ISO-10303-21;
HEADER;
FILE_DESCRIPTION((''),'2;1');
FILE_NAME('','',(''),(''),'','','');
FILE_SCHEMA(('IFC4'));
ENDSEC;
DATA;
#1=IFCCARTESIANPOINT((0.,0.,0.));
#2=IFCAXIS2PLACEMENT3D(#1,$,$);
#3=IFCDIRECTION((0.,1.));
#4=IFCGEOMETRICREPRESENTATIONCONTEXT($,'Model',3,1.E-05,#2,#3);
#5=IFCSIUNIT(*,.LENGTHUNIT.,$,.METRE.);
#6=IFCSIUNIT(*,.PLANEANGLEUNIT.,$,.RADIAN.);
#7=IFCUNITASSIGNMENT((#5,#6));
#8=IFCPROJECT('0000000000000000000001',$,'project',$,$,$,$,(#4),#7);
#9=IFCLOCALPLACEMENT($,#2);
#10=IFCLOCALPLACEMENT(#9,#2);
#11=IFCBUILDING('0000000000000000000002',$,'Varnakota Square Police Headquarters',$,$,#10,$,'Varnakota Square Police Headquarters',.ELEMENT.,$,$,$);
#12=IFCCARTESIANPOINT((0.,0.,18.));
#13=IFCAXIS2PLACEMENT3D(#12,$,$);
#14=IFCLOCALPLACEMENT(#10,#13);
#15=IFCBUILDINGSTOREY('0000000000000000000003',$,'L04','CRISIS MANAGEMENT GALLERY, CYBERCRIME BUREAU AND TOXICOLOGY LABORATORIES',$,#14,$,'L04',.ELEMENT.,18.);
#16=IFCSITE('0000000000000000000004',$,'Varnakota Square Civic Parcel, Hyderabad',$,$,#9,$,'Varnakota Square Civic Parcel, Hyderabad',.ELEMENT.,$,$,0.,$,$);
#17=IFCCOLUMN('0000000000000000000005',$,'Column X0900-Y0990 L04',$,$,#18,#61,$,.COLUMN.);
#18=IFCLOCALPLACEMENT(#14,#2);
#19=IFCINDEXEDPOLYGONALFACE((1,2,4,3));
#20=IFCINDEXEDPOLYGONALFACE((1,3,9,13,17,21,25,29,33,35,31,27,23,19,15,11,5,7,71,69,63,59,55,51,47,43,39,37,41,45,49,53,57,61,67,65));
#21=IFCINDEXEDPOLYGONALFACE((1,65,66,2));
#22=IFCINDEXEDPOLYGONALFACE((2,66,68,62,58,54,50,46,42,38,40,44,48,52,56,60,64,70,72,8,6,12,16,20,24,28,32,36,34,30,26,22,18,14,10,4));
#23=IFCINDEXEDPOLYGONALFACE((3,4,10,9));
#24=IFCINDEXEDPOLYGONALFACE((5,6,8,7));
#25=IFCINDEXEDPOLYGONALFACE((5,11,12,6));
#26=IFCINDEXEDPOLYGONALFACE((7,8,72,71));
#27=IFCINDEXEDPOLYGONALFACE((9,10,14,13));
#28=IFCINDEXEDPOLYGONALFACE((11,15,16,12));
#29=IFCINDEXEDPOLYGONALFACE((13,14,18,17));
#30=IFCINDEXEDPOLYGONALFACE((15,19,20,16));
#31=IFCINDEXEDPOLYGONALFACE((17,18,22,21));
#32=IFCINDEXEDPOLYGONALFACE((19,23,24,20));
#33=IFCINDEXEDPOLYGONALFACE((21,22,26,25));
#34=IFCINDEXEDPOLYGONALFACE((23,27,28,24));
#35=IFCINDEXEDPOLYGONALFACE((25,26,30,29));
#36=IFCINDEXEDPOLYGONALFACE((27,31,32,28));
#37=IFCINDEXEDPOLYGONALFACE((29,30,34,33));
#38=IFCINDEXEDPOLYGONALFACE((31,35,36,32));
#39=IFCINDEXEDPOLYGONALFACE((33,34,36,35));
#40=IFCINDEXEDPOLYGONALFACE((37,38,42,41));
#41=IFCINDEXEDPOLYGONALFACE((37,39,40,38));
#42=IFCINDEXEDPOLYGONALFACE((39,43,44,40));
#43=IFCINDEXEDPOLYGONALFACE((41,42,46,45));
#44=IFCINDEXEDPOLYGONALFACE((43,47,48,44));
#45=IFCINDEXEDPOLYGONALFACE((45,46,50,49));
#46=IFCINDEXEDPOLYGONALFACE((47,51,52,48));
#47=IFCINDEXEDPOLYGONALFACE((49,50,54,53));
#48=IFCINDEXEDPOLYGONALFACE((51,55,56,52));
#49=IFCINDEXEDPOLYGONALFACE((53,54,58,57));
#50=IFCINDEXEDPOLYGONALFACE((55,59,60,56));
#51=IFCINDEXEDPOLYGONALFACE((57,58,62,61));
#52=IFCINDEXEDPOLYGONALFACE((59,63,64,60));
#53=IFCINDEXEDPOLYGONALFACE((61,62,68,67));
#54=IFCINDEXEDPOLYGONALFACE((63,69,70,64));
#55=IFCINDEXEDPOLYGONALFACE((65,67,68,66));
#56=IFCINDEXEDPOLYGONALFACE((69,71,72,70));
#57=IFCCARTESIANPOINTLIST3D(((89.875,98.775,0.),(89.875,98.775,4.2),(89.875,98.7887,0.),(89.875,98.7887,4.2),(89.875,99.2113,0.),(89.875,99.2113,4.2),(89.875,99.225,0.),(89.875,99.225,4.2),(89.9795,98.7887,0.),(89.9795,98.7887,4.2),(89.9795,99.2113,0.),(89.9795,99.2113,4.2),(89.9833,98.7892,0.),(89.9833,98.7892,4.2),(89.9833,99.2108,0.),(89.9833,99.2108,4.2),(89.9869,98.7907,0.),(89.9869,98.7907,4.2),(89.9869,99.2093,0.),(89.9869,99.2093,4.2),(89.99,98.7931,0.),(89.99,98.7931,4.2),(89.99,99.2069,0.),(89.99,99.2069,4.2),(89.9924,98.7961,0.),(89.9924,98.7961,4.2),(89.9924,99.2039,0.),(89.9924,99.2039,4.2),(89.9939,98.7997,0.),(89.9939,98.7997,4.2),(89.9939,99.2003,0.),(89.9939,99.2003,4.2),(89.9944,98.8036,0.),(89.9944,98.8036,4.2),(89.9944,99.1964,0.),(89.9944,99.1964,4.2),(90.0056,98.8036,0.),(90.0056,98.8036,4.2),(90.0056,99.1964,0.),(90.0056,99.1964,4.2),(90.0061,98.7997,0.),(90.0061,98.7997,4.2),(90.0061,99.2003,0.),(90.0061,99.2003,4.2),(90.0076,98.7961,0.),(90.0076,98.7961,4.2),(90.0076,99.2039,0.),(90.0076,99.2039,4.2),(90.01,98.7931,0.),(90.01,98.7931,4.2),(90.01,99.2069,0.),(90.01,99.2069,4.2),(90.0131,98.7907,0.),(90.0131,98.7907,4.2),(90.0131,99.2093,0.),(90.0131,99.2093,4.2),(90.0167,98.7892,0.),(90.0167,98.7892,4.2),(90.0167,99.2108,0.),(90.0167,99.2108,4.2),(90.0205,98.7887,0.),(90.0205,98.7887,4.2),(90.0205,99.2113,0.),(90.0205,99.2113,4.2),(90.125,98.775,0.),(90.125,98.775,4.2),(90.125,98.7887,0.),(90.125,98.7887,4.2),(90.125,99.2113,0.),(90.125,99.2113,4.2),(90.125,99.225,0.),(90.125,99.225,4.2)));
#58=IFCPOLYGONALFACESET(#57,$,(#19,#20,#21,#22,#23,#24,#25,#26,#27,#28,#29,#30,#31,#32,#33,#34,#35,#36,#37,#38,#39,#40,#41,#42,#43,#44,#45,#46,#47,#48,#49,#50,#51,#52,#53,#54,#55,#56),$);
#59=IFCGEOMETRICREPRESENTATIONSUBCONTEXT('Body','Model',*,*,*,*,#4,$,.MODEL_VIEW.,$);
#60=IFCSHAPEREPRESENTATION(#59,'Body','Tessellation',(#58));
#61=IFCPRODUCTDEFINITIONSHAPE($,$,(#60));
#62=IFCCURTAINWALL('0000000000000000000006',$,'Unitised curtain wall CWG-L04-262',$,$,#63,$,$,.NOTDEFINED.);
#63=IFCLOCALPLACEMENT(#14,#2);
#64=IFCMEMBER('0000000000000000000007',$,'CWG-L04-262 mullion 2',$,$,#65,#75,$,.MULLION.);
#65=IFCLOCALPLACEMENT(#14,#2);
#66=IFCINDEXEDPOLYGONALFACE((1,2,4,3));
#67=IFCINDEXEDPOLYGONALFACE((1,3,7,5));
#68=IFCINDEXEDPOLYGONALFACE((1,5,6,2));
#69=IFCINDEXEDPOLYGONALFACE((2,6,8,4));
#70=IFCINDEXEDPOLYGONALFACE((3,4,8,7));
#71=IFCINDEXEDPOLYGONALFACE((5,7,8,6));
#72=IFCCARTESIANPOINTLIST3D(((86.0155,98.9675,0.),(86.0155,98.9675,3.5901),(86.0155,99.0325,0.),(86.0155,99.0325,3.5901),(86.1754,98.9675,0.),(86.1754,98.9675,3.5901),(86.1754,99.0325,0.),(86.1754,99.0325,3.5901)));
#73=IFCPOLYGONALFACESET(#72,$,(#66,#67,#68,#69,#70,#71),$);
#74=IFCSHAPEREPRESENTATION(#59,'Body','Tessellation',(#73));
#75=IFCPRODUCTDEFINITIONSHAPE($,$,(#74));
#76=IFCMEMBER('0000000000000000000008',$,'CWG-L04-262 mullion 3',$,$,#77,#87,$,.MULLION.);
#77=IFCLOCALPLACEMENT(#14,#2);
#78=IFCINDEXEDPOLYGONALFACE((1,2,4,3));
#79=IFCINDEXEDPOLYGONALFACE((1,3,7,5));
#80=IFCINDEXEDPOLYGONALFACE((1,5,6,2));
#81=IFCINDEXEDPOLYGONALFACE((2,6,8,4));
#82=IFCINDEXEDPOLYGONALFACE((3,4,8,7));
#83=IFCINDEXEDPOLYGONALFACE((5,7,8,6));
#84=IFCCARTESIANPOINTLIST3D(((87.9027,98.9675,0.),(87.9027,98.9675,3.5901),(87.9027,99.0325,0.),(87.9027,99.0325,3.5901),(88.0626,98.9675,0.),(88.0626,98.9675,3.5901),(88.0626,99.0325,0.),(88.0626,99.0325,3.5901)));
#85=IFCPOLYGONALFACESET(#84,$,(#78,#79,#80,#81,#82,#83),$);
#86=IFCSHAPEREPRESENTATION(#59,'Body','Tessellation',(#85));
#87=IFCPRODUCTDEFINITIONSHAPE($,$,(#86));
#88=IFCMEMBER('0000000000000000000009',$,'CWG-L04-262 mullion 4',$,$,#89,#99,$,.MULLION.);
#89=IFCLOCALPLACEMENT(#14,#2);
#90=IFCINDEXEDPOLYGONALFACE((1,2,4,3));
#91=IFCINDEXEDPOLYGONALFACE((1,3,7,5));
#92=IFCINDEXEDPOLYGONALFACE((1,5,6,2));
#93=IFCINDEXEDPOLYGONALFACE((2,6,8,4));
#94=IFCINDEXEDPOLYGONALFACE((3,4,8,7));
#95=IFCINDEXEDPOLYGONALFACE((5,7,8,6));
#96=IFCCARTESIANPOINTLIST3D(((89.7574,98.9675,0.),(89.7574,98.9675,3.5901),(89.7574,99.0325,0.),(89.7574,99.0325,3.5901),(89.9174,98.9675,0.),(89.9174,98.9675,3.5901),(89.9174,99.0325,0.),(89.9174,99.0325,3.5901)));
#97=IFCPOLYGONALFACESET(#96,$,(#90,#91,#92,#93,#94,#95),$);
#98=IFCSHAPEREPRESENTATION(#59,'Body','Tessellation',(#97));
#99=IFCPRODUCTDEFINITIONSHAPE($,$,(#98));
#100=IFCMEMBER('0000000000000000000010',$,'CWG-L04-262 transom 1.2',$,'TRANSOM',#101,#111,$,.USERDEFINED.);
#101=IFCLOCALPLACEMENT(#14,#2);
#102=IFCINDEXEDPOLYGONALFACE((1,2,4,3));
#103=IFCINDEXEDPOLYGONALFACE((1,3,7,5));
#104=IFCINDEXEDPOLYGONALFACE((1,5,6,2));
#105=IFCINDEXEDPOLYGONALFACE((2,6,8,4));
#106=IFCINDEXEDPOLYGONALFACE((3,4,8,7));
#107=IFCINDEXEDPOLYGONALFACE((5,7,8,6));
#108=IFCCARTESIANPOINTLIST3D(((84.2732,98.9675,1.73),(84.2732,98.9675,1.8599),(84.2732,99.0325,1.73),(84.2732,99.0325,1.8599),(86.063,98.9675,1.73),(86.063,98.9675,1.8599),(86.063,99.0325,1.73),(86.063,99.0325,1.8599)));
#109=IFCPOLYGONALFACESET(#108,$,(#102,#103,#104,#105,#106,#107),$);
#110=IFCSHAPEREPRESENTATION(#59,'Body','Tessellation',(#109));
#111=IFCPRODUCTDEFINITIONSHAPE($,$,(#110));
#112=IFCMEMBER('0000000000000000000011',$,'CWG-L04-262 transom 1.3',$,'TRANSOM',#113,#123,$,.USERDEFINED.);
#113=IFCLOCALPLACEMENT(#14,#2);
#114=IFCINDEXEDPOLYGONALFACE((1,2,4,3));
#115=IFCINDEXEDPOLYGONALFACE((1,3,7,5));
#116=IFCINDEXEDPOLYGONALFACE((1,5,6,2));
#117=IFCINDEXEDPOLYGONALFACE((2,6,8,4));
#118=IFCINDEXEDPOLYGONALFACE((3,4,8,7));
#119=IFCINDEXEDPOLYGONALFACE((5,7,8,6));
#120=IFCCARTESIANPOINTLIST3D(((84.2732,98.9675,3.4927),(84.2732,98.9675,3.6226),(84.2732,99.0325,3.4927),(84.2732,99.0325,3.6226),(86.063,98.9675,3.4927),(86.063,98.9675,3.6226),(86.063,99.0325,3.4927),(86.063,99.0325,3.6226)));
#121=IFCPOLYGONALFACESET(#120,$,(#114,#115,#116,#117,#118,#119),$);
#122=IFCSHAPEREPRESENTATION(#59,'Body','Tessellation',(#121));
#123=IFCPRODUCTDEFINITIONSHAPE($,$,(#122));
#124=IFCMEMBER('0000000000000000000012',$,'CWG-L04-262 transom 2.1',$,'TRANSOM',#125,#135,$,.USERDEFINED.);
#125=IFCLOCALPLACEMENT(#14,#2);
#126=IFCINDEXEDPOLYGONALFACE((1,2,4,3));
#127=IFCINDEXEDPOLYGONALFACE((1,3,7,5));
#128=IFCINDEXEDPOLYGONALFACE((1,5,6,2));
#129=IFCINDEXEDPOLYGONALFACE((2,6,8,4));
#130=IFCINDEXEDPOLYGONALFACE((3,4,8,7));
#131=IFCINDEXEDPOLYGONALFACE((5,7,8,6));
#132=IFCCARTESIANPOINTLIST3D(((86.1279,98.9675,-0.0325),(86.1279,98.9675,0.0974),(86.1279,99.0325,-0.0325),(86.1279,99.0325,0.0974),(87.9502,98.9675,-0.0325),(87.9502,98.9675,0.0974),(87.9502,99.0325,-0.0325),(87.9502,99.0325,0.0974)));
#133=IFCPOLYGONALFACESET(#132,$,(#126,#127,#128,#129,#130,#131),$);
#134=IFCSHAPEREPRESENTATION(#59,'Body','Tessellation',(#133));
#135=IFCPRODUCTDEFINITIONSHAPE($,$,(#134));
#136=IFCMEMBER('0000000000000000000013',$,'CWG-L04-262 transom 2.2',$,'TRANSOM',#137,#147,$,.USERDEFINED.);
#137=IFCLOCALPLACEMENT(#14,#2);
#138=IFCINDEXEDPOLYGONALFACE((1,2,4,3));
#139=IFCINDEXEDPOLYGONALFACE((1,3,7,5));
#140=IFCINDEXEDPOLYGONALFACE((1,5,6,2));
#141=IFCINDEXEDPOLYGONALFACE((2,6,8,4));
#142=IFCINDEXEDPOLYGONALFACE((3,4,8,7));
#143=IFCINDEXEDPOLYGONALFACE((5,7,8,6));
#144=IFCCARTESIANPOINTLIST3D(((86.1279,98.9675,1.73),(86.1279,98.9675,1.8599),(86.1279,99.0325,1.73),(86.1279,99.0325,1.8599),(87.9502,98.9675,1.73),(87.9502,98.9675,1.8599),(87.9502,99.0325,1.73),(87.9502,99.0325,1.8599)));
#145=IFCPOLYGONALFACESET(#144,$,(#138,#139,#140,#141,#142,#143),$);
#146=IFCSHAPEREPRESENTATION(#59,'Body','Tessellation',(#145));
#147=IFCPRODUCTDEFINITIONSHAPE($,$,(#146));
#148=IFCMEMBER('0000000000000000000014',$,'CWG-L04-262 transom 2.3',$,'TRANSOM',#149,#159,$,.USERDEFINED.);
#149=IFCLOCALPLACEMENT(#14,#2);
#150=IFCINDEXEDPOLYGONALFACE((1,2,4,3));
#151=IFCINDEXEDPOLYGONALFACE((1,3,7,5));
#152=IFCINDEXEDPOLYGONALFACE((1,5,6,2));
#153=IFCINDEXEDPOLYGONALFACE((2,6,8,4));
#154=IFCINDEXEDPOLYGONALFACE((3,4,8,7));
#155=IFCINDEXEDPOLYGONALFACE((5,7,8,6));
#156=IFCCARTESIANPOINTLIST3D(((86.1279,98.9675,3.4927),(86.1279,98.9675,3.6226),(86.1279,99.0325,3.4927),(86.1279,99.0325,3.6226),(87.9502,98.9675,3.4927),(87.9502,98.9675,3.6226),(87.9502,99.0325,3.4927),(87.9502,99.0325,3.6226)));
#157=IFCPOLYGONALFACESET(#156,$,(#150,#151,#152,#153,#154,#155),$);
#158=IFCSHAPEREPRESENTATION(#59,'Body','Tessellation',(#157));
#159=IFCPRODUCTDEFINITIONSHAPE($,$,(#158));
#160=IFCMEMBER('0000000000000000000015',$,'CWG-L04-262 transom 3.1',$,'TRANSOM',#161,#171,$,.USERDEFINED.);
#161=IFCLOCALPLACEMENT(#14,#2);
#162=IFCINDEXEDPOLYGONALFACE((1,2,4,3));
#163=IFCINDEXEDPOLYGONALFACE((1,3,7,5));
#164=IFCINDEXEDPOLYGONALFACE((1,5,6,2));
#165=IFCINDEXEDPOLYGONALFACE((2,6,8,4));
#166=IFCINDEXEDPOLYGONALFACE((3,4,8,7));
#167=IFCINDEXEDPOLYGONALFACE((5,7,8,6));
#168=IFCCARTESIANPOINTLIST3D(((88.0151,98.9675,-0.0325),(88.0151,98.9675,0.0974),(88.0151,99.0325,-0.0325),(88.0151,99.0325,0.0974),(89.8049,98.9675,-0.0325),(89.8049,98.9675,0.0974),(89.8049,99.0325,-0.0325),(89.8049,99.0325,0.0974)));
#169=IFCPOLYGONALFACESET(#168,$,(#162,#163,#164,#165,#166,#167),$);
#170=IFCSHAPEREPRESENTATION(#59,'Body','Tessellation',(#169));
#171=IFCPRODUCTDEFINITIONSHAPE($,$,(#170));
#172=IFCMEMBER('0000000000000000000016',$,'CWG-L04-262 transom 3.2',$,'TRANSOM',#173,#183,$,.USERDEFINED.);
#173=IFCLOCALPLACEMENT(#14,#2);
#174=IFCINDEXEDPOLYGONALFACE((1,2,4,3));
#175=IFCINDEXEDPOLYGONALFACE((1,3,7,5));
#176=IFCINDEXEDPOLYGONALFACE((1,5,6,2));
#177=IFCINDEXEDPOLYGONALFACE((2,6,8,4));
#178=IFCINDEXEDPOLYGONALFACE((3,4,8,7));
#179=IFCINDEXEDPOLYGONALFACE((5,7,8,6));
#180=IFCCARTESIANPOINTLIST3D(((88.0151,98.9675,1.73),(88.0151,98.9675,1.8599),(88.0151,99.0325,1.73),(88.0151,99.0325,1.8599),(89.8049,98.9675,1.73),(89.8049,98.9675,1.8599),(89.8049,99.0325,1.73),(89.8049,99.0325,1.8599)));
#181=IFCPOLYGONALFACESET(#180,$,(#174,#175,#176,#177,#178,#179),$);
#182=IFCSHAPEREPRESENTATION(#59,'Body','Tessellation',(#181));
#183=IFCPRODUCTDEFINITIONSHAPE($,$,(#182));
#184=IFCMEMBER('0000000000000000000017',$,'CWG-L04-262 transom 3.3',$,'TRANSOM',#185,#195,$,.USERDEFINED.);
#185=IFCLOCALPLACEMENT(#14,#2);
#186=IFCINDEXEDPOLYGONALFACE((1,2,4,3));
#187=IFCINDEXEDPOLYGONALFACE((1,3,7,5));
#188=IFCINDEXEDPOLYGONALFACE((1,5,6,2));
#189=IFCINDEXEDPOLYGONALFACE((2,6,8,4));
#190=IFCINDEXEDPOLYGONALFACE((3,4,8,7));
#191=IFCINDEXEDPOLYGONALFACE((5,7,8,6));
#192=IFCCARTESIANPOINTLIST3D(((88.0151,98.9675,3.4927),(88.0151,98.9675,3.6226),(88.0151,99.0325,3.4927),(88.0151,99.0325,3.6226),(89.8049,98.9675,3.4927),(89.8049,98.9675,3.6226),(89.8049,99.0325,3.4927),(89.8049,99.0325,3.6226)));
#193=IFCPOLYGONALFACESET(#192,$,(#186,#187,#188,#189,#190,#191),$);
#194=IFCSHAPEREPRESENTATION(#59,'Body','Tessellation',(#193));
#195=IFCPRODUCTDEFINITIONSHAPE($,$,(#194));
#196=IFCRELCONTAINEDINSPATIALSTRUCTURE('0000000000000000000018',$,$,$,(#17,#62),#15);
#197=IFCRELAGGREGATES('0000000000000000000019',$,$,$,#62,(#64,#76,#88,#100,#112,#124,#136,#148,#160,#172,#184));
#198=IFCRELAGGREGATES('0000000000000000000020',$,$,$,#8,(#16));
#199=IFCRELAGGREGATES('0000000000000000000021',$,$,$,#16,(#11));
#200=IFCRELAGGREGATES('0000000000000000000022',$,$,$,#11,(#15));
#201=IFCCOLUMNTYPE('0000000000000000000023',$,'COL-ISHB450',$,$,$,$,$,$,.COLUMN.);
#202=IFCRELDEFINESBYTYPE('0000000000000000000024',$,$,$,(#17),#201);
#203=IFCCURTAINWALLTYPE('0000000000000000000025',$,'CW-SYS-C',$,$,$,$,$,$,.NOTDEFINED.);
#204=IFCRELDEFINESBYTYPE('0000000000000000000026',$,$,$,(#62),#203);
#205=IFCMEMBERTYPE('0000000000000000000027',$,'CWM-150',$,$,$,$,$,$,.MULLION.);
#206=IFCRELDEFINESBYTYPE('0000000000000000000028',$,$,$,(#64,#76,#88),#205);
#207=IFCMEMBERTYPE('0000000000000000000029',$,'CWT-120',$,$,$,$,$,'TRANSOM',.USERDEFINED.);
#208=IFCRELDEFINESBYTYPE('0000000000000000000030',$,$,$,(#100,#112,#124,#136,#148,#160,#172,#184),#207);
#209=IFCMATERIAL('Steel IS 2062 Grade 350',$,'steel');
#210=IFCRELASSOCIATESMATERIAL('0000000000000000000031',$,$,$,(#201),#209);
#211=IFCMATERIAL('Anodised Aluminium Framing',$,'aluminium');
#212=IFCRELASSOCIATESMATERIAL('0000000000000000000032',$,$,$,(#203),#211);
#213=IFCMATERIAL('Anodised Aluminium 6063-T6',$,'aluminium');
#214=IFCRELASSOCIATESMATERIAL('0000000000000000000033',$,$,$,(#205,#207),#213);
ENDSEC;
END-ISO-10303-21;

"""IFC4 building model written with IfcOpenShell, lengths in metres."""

from ifc_helpers import new_model, si_unit, direction, frame, origin, origin_2d, place, context, subcontext, project, spatial, rectangle, i_section, extrude, material, material_profile, profile_set, type_object, element, aggregate, save


model = new_model("IFC4")

# Units and contexts
model_context = context("Model", 3, precision=1e-05, world=origin(), true_north=direction((0.0, 1.0)))
body_context = subcontext(model_context, "Body", "Model", "MODEL_VIEW")
ifc_project = project(units=[si_unit("LENGTHUNIT", "METRE"), si_unit("PLANEANGLEUNIT", "RADIAN")], contexts=[model_context])

# Site, building, storey
site_placement = place(None, origin())
site = spatial("IfcSite", under=ifc_project, at=site_placement, Name="Varnakota Square Civic Parcel, Hyderabad", LongName="Varnakota Square Civic Parcel, Hyderabad", CompositionType="ELEMENT", RefElevation=0.0)
building_placement = place(site_placement, origin())
building = spatial("IfcBuilding", under=site, at=building_placement, Name="Varnakota Square Police Headquarters", LongName="Varnakota Square Police Headquarters", CompositionType="ELEMENT")
storey_placement = place(building_placement, frame((0.0, 0.0, 18.0)))
storey = spatial("IfcBuildingStorey", under=building, at=storey_placement, Name="L04", Description="CRISIS MANAGEMENT GALLERY, CYBERCRIME BUREAU AND TOXICOLOGY LABORATORIES", LongName="L04", CompositionType="ELEMENT", Elevation=18.0)

# Column
ifc_material_1 = material(Name="Steel IS 2062 Grade 350", Category="steel")
ifc_material_profile_1 = material_profile(ifc_material_1, i_section(OverallWidth=0.25, OverallDepth=0.45, WebThickness=0.0112, FlangeThickness=0.0137, FilletRadius=0.0149, at=origin_2d()), Name="ISHB 450")
ifc_profile_set_1 = profile_set([ifc_material_profile_1], Name="Steel IS 2062 Grade 350")
column_type = type_object("IfcColumnType", Name="COL-ISHB450", PredefinedType="COLUMN", material=ifc_profile_set_1)
column_placement = place(storey_placement, frame((90.0, 99.0, 0.0), z_axis=(0.0, 0.0, 1.0), x_axis=(1.0, 0.0, 0.0)))
element("IfcColumn", 1, at=column_placement, inside=storey, type_object=column_type, Name="Column X0900-Y0990 L04", PredefinedType="COLUMN", context=body_context, shape_type="SweptSolid", body=[
    extrude(i_section(OverallWidth=0.25, OverallDepth=0.45, WebThickness=0.0112, FlangeThickness=0.0137, FilletRadius=0.0149, at=origin_2d()), origin(), (0.0, 0.0, 1.0), 4.2),
])

# Curtain wall, members
ifc_material_2 = material(Name="Anodised Aluminium Framing", Category="aluminium")
curtain_wall_type = type_object("IfcCurtainWallType", Name="CW-SYS-C", PredefinedType="NOTDEFINED", material=ifc_material_2)
curtain_wall_placement = place(storey_placement, origin())
curtain_wall = element("IfcCurtainWall", 2, at=curtain_wall_placement, inside=storey, type_object=curtain_wall_type, Name="Unitised curtain wall CWG-L04-262", PredefinedType="NOTDEFINED")
ifc_material_3 = material(Name="Anodised Aluminium 6063-T6", Category="aluminium")
ifc_material_profile_2 = material_profile(ifc_material_3, rectangle(XDim=0.0649, YDim=0.1599, at=origin_2d()), Name="ALU MULLION 65x160")
ifc_profile_set_2 = profile_set([ifc_material_profile_2], Name="Anodised Aluminium 6063-T6")
member_type_1 = type_object("IfcMemberType", Name="CWM-150", PredefinedType="MULLION", material=ifc_profile_set_2)
member_1_placement = place(storey_placement, frame((86.0955, 99.0, 0.0), z_axis=(0.0, 0.0, 1.0), x_axis=(0.0, 1.0, 0.0)))
member_1 = element("IfcMember", 3, at=member_1_placement, type_object=member_type_1, Name="CWG-L04-262 mullion 2", PredefinedType="MULLION", context=body_context, shape_type="SweptSolid", body=[
    extrude(rectangle(XDim=0.0649, YDim=0.1599, at=origin_2d()), origin(), (0.0, 0.0, 1.0), 3.5901),
])
member_2_placement = place(storey_placement, frame((87.9827, 99.0, 0.0), z_axis=(0.0, 0.0, 1.0), x_axis=(0.0, 1.0, 0.0)))
member_2 = element("IfcMember", 4, at=member_2_placement, type_object=member_type_1, Name="CWG-L04-262 mullion 3", PredefinedType="MULLION", context=body_context, shape_type="SweptSolid", body=[
    extrude(rectangle(XDim=0.0649, YDim=0.1599, at=origin_2d()), origin(), (0.0, 0.0, 1.0), 3.5901),
])
member_3_placement = place(storey_placement, frame((89.8374, 99.0, 0.0), z_axis=(0.0, 0.0, 1.0), x_axis=(0.0, 1.0, 0.0)))
member_3 = element("IfcMember", 5, at=member_3_placement, type_object=member_type_1, Name="CWG-L04-262 mullion 4", PredefinedType="MULLION", context=body_context, shape_type="SweptSolid", body=[
    extrude(rectangle(XDim=0.0649, YDim=0.1599, at=origin_2d()), origin(), (0.0, 0.0, 1.0), 3.5901),
])
ifc_material_profile_3 = material_profile(ifc_material_3, rectangle(XDim=0.0649, YDim=0.1299, at=origin_2d()), Name="ALU TRANSOM 65x130")
ifc_profile_set_3 = profile_set([ifc_material_profile_3], Name="Anodised Aluminium 6063-T6")
member_type_2 = type_object("IfcMemberType", Name="CWT-120", ElementType="TRANSOM", PredefinedType="USERDEFINED", material=ifc_profile_set_3)
member_4_placement = place(storey_placement, frame((84.2732, 99.0, 1.7949), z_axis=(1.0, 0.0, 0.0), x_axis=(0.0, 1.0, 0.0)))
member_4 = element("IfcMember", 6, at=member_4_placement, type_object=member_type_2, Name="CWG-L04-262 transom 1.2", ObjectType="TRANSOM", PredefinedType="USERDEFINED", context=body_context, shape_type="SweptSolid", body=[
    extrude(rectangle(XDim=0.0649, YDim=0.1299, at=origin_2d()), origin(), (0.0, 0.0, 1.0), 1.7898),
])
member_5_placement = place(storey_placement, frame((84.2732, 99.0, 3.5576), z_axis=(1.0, 0.0, 0.0), x_axis=(0.0, 1.0, 0.0)))
member_5 = element("IfcMember", 7, at=member_5_placement, type_object=member_type_2, Name="CWG-L04-262 transom 1.3", ObjectType="TRANSOM", PredefinedType="USERDEFINED", context=body_context, shape_type="SweptSolid", body=[
    extrude(rectangle(XDim=0.0649, YDim=0.1299, at=origin_2d()), origin(), (0.0, 0.0, 1.0), 1.7898),
])
member_6_placement = place(storey_placement, frame((86.1279, 99.0, 0.0325), z_axis=(1.0, 0.0, 0.0), x_axis=(0.0, 1.0, 0.0)))
member_6 = element("IfcMember", 8, at=member_6_placement, type_object=member_type_2, Name="CWG-L04-262 transom 2.1", ObjectType="TRANSOM", PredefinedType="USERDEFINED", context=body_context, shape_type="SweptSolid", body=[
    extrude(rectangle(XDim=0.0649, YDim=0.1299, at=origin_2d()), origin(), (0.0, 0.0, 1.0), 1.8223),
])
member_7_placement = place(storey_placement, frame((86.1279, 99.0, 1.7949), z_axis=(1.0, 0.0, 0.0), x_axis=(0.0, 1.0, 0.0)))
member_7 = element("IfcMember", 9, at=member_7_placement, type_object=member_type_2, Name="CWG-L04-262 transom 2.2", ObjectType="TRANSOM", PredefinedType="USERDEFINED", context=body_context, shape_type="SweptSolid", body=[
    extrude(rectangle(XDim=0.0649, YDim=0.1299, at=origin_2d()), origin(), (0.0, 0.0, 1.0), 1.8223),
])
member_8_placement = place(storey_placement, frame((86.1279, 99.0, 3.5576), z_axis=(1.0, 0.0, 0.0), x_axis=(0.0, 1.0, 0.0)))
member_8 = element("IfcMember", 10, at=member_8_placement, type_object=member_type_2, Name="CWG-L04-262 transom 2.3", ObjectType="TRANSOM", PredefinedType="USERDEFINED", context=body_context, shape_type="SweptSolid", body=[
    extrude(rectangle(XDim=0.0649, YDim=0.1299, at=origin_2d()), origin(), (0.0, 0.0, 1.0), 1.8223),
])
member_9_placement = place(storey_placement, frame((88.0151, 99.0, 0.0325), z_axis=(1.0, 0.0, 0.0), x_axis=(0.0, 1.0, 0.0)))
member_9 = element("IfcMember", 11, at=member_9_placement, type_object=member_type_2, Name="CWG-L04-262 transom 3.1", ObjectType="TRANSOM", PredefinedType="USERDEFINED", context=body_context, shape_type="SweptSolid", body=[
    extrude(rectangle(XDim=0.0649, YDim=0.1299, at=origin_2d()), origin(), (0.0, 0.0, 1.0), 1.7898),
])
member_10_placement = place(storey_placement, frame((88.0151, 99.0, 1.7949), z_axis=(1.0, 0.0, 0.0), x_axis=(0.0, 1.0, 0.0)))
member_10 = element("IfcMember", 12, at=member_10_placement, type_object=member_type_2, Name="CWG-L04-262 transom 3.2", ObjectType="TRANSOM", PredefinedType="USERDEFINED", context=body_context, shape_type="SweptSolid", body=[
    extrude(rectangle(XDim=0.0649, YDim=0.1299, at=origin_2d()), origin(), (0.0, 0.0, 1.0), 1.7898),
])
member_11_placement = place(storey_placement, frame((88.0151, 99.0, 3.5576), z_axis=(1.0, 0.0, 0.0), x_axis=(0.0, 1.0, 0.0)))
member_11 = element("IfcMember", 13, at=member_11_placement, type_object=member_type_2, Name="CWG-L04-262 transom 3.3", ObjectType="TRANSOM", PredefinedType="USERDEFINED", context=body_context, shape_type="SweptSolid", body=[
    extrude(rectangle(XDim=0.0649, YDim=0.1299, at=origin_2d()), origin(), (0.0, 0.0, 1.0), 1.7898),
])
aggregate(curtain_wall, [member_1, member_2, member_3, member_4, member_5, member_6, member_7, member_8, member_9, member_10, member_11])

save(model, "model.ifc")
